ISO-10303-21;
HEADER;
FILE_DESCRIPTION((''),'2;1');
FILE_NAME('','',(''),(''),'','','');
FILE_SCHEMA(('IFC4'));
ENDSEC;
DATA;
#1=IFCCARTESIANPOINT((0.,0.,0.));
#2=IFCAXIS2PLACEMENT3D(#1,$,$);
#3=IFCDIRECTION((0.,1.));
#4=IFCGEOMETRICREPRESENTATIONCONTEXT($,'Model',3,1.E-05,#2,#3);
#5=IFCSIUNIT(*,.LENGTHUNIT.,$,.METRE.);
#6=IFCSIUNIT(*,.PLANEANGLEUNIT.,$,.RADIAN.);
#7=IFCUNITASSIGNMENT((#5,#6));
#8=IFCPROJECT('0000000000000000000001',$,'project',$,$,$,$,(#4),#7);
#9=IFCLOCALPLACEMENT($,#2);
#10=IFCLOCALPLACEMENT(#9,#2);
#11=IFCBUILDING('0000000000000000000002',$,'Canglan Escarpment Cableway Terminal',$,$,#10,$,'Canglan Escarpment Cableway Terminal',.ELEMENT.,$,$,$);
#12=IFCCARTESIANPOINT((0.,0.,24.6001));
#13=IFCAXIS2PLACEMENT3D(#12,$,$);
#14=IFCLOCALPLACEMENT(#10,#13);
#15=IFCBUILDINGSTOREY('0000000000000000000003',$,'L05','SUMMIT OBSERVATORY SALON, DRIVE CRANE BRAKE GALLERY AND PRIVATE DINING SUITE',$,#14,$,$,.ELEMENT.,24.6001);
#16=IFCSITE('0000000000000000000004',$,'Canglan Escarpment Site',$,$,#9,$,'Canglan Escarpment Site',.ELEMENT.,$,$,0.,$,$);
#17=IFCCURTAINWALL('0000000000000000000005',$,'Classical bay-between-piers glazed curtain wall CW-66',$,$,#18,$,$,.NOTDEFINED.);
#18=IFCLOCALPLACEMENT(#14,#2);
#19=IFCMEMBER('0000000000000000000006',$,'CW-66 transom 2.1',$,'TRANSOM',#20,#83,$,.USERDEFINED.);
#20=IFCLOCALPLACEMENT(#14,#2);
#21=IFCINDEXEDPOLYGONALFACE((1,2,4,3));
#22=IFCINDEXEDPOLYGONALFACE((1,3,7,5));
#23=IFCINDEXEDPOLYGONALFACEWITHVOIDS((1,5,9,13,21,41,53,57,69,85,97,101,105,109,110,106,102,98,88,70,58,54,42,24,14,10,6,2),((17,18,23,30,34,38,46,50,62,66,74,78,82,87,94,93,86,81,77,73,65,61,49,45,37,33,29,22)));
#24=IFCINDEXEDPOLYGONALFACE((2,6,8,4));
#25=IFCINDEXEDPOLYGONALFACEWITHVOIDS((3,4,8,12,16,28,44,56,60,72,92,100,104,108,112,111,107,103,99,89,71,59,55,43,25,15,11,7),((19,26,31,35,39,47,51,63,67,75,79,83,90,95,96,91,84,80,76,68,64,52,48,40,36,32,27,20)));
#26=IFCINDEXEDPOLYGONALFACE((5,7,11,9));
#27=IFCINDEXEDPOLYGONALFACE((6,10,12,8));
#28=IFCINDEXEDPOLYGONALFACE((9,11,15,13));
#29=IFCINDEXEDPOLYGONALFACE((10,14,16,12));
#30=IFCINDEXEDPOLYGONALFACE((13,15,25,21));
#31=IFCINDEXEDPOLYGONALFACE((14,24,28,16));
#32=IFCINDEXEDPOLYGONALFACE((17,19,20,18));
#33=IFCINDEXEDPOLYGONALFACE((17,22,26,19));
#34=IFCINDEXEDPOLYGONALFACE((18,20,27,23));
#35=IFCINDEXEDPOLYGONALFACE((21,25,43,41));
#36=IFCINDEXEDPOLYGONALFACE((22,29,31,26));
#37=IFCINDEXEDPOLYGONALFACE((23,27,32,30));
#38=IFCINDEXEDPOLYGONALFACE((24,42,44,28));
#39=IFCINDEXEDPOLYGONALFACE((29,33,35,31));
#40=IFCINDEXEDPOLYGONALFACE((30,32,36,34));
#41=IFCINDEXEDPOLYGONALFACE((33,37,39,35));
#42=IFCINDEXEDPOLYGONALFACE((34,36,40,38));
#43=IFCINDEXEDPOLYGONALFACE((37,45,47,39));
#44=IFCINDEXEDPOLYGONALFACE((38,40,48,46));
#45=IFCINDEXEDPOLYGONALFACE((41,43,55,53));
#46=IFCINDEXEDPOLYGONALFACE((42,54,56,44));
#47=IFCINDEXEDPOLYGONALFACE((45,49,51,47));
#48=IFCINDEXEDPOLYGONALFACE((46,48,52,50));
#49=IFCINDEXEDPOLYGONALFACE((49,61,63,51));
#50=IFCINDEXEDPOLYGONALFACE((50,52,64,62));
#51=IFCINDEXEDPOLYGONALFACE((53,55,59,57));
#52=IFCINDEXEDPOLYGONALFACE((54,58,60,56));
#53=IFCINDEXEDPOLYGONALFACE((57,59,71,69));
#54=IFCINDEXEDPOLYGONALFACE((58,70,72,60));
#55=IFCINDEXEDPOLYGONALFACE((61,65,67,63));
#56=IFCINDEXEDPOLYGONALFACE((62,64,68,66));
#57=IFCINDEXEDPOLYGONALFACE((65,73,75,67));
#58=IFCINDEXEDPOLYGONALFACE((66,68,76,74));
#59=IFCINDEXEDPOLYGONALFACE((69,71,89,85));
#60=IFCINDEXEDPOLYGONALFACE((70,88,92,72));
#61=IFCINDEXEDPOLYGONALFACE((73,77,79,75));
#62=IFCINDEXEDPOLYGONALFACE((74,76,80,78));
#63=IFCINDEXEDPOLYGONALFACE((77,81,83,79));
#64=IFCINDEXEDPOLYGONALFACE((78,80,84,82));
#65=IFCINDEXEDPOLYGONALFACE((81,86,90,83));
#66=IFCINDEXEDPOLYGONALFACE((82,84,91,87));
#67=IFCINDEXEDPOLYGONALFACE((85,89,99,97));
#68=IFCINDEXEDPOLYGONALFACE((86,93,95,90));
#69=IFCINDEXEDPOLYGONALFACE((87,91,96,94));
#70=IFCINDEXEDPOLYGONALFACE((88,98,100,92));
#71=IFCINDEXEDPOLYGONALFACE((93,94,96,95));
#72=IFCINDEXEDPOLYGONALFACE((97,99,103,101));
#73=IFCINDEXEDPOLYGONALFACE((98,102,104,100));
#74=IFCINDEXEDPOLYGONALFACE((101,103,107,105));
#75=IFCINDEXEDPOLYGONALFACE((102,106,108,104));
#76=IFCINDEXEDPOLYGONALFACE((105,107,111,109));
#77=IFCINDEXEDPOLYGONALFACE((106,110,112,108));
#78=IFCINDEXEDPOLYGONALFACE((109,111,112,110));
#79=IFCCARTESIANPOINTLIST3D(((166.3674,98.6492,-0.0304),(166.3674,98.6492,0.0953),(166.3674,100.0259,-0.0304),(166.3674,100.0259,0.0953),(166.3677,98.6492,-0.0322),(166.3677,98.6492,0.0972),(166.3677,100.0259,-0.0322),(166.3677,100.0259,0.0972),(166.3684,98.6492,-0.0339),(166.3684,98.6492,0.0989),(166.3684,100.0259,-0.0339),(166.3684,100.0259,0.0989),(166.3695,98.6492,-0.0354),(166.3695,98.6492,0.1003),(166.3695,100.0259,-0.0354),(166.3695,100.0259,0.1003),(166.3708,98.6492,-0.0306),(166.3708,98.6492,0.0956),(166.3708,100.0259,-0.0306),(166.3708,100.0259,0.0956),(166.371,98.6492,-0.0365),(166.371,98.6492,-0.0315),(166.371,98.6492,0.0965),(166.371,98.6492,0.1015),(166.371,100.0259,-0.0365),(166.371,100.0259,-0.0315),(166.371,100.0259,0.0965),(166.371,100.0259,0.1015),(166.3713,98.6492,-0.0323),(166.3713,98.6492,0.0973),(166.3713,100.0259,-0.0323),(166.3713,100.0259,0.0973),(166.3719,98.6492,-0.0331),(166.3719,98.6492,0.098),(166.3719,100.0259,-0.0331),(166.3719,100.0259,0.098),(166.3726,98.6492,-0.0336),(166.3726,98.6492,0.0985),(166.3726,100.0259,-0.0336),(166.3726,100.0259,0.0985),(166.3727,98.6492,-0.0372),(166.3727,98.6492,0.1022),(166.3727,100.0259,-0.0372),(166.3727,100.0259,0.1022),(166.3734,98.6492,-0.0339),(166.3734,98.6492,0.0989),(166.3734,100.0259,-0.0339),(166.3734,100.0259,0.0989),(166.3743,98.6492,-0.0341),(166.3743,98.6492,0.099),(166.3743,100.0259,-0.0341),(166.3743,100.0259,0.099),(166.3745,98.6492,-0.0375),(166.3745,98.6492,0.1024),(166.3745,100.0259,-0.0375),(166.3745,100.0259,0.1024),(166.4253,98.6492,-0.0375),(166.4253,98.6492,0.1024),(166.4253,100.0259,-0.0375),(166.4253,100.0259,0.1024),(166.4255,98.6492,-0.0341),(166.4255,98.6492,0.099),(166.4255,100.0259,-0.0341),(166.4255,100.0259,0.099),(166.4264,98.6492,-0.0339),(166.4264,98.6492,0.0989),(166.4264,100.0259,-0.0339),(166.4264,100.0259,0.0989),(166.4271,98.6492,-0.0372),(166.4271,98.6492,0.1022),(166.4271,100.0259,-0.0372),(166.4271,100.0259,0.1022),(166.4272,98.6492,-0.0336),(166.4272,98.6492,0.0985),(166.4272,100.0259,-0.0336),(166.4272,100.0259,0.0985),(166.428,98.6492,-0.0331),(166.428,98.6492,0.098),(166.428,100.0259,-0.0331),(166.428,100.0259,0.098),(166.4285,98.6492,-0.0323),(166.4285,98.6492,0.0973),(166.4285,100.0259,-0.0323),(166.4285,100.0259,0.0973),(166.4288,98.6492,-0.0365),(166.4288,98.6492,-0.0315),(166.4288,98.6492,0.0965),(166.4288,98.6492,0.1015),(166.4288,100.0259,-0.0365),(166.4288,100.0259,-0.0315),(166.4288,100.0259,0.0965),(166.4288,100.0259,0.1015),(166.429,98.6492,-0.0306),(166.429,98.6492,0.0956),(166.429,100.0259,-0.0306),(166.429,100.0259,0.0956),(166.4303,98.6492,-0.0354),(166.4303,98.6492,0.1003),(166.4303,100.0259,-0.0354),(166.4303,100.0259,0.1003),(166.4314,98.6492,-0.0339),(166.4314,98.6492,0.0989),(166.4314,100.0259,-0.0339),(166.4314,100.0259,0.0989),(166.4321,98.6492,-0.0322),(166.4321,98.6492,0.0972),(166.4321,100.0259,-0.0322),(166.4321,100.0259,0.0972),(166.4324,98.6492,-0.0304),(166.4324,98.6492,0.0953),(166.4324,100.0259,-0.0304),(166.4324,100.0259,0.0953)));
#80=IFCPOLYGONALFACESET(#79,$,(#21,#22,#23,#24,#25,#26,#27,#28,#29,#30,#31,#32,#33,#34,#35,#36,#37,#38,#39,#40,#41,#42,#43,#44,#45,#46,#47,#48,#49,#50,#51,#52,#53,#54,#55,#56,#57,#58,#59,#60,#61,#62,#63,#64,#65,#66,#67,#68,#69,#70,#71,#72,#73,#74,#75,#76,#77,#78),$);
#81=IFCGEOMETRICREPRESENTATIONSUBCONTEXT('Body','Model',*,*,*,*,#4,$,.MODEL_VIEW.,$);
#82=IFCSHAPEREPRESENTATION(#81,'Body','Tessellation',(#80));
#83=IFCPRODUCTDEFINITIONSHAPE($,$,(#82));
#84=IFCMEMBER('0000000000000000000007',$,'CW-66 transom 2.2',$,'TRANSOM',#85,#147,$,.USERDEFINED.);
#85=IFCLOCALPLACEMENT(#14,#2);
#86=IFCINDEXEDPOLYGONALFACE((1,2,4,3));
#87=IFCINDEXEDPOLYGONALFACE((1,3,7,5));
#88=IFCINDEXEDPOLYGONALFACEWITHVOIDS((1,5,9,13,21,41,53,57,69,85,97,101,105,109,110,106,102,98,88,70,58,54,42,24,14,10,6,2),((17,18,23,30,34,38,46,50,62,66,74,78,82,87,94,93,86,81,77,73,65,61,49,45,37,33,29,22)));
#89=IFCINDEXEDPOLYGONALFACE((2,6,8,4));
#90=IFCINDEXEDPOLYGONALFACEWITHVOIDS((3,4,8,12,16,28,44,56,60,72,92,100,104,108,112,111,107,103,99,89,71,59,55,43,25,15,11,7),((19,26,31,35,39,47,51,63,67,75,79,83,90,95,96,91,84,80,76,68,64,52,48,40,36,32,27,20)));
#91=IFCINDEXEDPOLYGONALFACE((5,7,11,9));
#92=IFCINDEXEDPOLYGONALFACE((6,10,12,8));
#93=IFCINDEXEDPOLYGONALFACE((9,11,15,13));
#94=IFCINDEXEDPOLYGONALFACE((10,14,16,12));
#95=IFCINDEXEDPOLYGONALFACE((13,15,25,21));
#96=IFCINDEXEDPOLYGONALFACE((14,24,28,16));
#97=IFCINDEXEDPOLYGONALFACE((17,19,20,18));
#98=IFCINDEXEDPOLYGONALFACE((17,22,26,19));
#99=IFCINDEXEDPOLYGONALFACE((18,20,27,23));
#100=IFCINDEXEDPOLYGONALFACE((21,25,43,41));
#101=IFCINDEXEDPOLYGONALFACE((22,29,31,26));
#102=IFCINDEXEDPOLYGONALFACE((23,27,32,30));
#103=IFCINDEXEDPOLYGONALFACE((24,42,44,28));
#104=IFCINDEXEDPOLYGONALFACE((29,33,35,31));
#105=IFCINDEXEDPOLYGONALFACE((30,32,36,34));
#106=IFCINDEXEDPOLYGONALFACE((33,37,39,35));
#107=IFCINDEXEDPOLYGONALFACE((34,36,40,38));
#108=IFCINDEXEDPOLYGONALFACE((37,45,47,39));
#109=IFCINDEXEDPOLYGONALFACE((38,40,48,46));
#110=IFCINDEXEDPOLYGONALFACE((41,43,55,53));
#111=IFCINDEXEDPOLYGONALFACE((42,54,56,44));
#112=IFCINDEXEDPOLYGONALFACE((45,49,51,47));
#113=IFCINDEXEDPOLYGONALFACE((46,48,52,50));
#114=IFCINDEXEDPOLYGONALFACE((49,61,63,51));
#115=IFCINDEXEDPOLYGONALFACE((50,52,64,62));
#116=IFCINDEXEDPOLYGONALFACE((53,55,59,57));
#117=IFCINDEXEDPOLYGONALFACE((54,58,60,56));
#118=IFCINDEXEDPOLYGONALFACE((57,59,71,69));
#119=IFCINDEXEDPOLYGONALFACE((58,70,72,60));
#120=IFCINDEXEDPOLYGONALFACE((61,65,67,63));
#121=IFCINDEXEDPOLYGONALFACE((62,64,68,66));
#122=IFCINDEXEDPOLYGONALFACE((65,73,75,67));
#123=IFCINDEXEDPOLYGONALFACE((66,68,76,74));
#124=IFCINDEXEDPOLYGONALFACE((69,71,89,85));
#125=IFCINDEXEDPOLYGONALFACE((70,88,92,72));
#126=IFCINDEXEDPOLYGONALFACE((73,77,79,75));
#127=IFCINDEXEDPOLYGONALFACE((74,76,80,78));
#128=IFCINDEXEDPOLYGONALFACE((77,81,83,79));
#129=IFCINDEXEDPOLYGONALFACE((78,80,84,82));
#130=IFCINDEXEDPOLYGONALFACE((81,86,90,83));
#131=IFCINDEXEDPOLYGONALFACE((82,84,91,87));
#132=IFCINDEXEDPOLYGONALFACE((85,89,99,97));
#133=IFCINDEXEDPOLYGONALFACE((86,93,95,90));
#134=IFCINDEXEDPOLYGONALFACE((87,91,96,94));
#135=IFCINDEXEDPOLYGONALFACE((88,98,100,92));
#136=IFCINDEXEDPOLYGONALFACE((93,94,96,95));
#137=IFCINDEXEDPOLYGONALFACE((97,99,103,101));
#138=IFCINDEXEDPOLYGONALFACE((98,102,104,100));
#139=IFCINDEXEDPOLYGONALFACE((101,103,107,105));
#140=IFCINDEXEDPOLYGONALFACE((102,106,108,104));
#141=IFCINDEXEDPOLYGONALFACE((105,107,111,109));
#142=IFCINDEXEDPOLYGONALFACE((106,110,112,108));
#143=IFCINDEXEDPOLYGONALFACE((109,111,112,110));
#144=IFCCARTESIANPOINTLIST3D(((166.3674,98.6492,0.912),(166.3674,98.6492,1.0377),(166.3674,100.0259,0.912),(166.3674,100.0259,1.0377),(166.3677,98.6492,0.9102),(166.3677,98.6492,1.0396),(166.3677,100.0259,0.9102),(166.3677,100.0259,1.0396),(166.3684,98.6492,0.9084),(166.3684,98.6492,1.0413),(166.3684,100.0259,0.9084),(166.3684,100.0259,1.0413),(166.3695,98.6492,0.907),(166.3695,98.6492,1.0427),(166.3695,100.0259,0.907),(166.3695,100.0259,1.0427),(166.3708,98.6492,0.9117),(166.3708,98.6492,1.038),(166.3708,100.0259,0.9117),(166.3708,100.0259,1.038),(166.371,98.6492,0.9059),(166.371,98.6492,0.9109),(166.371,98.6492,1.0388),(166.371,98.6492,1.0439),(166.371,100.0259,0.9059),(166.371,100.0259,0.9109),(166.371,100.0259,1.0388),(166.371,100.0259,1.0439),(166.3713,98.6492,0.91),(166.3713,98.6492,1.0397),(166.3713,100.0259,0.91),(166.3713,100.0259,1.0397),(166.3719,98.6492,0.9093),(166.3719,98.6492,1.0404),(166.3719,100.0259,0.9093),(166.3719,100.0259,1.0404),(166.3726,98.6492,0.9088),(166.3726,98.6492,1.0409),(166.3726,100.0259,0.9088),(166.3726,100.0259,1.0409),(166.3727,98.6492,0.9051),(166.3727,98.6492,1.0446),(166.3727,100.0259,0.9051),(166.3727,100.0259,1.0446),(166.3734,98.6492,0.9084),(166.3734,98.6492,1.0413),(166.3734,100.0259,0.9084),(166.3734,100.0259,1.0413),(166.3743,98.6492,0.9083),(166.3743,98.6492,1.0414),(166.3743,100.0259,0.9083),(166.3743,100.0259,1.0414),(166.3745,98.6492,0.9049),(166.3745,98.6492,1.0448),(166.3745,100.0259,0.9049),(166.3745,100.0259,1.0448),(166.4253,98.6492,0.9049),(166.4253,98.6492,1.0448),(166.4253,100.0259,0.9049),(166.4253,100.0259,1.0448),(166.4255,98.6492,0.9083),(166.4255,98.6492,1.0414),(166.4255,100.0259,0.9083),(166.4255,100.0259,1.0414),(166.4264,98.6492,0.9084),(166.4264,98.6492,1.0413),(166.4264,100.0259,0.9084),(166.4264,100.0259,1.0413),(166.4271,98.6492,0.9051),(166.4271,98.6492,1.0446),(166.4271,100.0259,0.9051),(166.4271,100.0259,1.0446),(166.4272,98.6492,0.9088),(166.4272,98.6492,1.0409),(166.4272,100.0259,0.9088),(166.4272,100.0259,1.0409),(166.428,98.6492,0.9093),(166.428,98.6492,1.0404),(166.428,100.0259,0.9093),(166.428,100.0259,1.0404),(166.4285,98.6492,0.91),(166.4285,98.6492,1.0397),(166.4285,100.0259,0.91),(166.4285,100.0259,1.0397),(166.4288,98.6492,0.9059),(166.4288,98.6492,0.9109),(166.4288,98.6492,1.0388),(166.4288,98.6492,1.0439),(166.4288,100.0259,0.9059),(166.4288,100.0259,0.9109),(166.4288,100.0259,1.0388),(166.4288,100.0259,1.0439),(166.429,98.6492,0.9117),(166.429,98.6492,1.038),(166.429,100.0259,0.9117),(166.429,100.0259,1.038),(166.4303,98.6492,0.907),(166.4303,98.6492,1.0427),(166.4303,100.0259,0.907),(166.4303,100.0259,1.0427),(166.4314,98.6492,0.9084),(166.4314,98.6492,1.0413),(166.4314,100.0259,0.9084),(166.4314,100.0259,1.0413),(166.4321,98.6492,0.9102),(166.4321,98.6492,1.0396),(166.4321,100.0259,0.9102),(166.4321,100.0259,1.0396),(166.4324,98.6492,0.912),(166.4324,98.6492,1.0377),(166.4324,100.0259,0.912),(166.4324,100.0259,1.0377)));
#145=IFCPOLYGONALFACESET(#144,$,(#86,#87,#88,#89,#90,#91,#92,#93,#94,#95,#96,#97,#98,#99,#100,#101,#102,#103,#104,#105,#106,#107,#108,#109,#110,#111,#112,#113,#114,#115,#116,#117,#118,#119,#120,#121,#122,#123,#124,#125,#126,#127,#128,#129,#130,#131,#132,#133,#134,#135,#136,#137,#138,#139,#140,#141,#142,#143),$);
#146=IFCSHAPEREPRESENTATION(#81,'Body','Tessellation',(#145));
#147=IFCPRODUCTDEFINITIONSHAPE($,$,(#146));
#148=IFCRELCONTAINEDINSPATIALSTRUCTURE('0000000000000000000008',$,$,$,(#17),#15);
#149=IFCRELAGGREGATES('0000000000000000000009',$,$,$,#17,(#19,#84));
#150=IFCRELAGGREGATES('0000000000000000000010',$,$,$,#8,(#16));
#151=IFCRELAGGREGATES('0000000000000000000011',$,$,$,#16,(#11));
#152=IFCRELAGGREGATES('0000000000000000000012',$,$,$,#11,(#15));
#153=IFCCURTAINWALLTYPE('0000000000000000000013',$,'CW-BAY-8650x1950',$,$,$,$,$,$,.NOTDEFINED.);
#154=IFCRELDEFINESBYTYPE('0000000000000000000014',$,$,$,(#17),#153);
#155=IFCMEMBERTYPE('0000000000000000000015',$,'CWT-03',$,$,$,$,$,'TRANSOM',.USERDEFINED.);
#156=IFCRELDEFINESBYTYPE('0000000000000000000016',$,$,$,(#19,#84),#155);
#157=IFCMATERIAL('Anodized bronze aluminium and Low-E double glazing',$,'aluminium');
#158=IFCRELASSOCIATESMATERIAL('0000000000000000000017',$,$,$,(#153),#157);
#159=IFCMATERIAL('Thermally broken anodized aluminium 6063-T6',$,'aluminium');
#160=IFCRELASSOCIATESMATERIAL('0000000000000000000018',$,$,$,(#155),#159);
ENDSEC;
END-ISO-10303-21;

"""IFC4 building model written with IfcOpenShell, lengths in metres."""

from ifc_helpers import new_model, si_unit, direction, frame, origin, origin_2d, place, context, subcontext, project, spatial, hollow_rectangle, extrude, material, material_profile, profile_set, type_object, element, aggregate, save


model = new_model("IFC4")

# Units and contexts
model_context = context("Model", 3, precision=1e-05, world=origin(), true_north=direction((0.0, 1.0)))
body_context = subcontext(model_context, "Body", "Model", "MODEL_VIEW")
ifc_project = project(units=[si_unit("LENGTHUNIT", "METRE"), si_unit("PLANEANGLEUNIT", "RADIAN")], contexts=[model_context])

# Site, building, storey
site_placement = place(None, origin())
site = spatial("IfcSite", under=ifc_project, at=site_placement, Name="Canglan Escarpment Site", LongName="Canglan Escarpment Site", CompositionType="ELEMENT", RefElevation=0.0)
building_placement = place(site_placement, origin())
building = spatial("IfcBuilding", under=site, at=building_placement, Name="Canglan Escarpment Cableway Terminal", LongName="Canglan Escarpment Cableway Terminal", CompositionType="ELEMENT")
storey_placement = place(building_placement, frame((0.0, 0.0, 24.6001)))
storey = spatial("IfcBuildingStorey", under=building, at=storey_placement, Name="L05", Description="SUMMIT OBSERVATORY SALON, DRIVE CRANE BRAKE GALLERY AND PRIVATE DINING SUITE", CompositionType="ELEMENT", Elevation=24.6001)

# Shared definitions
ifc_material_1 = material(Name="Anodized bronze aluminium and Low-E double glazing", Category="aluminium")
curtain_wall_type = type_object("IfcCurtainWallType", Name="CW-BAY-8650x1950", PredefinedType="NOTDEFINED", material=ifc_material_1)
ifc_material_2 = material(Name="Thermally broken anodized aluminium 6063-T6", Category="aluminium")

# Curtain wall, members
curtain_wall_1_placement = place(storey_placement, origin())
curtain_wall_1 = element("IfcCurtainWall", 1, at=curtain_wall_1_placement, inside=storey, type_object=curtain_wall_type, Name="Classical bay-between-piers glazed curtain wall CW-66", PredefinedType="NOTDEFINED")
ifc_material_profile_1 = material_profile(ifc_material_2, hollow_rectangle(XDim=0.0649, YDim=0.1399, WallThickness=0.0034, InnerFilletRadius=0.0034, OuterFilletRadius=0.0071, at=origin_2d()), Name="ALU-TRAN 65x140x3.5")
ifc_profile_set_1 = profile_set([ifc_material_profile_1], Name="Thermally broken anodized aluminium 6063-T6")
member_type_1 = type_object("IfcMemberType", Name="CWT-03", ElementType="TRANSOM", PredefinedType="USERDEFINED", material=ifc_profile_set_1)
member_1_placement = place(storey_placement, frame((166.3999, 98.6492, 0.0325), z_axis=(0.0, 1.0, 0.0), x_axis=(-1.0, 0.0, 0.0)))
member_1 = element("IfcMember", 2, at=member_1_placement, type_object=member_type_1, Name="CW-66 transom 2.1", ObjectType="TRANSOM", PredefinedType="USERDEFINED", context=body_context, shape_type="SweptSolid", body=[
    extrude(hollow_rectangle(XDim=0.0649, YDim=0.1399, WallThickness=0.0034, InnerFilletRadius=0.0034, OuterFilletRadius=0.0071, at=origin_2d()), origin(), (0.0, 0.0, 1.0), 1.3767),
])
member_2_placement = place(storey_placement, frame((166.3999, 98.6492, 0.9749), z_axis=(0.0, 1.0, 0.0), x_axis=(-1.0, 0.0, 0.0)))
member_2 = element("IfcMember", 3, at=member_2_placement, type_object=member_type_1, Name="CW-66 transom 2.2", ObjectType="TRANSOM", PredefinedType="USERDEFINED", context=body_context, shape_type="SweptSolid", body=[
    extrude(hollow_rectangle(XDim=0.0649, YDim=0.1399, WallThickness=0.0034, InnerFilletRadius=0.0034, OuterFilletRadius=0.0071, at=origin_2d()), origin(), (0.0, 0.0, 1.0), 1.3767),
])

aggregate(curtain_wall_1, [member_1, member_2])

save(model, "model.ifc")
